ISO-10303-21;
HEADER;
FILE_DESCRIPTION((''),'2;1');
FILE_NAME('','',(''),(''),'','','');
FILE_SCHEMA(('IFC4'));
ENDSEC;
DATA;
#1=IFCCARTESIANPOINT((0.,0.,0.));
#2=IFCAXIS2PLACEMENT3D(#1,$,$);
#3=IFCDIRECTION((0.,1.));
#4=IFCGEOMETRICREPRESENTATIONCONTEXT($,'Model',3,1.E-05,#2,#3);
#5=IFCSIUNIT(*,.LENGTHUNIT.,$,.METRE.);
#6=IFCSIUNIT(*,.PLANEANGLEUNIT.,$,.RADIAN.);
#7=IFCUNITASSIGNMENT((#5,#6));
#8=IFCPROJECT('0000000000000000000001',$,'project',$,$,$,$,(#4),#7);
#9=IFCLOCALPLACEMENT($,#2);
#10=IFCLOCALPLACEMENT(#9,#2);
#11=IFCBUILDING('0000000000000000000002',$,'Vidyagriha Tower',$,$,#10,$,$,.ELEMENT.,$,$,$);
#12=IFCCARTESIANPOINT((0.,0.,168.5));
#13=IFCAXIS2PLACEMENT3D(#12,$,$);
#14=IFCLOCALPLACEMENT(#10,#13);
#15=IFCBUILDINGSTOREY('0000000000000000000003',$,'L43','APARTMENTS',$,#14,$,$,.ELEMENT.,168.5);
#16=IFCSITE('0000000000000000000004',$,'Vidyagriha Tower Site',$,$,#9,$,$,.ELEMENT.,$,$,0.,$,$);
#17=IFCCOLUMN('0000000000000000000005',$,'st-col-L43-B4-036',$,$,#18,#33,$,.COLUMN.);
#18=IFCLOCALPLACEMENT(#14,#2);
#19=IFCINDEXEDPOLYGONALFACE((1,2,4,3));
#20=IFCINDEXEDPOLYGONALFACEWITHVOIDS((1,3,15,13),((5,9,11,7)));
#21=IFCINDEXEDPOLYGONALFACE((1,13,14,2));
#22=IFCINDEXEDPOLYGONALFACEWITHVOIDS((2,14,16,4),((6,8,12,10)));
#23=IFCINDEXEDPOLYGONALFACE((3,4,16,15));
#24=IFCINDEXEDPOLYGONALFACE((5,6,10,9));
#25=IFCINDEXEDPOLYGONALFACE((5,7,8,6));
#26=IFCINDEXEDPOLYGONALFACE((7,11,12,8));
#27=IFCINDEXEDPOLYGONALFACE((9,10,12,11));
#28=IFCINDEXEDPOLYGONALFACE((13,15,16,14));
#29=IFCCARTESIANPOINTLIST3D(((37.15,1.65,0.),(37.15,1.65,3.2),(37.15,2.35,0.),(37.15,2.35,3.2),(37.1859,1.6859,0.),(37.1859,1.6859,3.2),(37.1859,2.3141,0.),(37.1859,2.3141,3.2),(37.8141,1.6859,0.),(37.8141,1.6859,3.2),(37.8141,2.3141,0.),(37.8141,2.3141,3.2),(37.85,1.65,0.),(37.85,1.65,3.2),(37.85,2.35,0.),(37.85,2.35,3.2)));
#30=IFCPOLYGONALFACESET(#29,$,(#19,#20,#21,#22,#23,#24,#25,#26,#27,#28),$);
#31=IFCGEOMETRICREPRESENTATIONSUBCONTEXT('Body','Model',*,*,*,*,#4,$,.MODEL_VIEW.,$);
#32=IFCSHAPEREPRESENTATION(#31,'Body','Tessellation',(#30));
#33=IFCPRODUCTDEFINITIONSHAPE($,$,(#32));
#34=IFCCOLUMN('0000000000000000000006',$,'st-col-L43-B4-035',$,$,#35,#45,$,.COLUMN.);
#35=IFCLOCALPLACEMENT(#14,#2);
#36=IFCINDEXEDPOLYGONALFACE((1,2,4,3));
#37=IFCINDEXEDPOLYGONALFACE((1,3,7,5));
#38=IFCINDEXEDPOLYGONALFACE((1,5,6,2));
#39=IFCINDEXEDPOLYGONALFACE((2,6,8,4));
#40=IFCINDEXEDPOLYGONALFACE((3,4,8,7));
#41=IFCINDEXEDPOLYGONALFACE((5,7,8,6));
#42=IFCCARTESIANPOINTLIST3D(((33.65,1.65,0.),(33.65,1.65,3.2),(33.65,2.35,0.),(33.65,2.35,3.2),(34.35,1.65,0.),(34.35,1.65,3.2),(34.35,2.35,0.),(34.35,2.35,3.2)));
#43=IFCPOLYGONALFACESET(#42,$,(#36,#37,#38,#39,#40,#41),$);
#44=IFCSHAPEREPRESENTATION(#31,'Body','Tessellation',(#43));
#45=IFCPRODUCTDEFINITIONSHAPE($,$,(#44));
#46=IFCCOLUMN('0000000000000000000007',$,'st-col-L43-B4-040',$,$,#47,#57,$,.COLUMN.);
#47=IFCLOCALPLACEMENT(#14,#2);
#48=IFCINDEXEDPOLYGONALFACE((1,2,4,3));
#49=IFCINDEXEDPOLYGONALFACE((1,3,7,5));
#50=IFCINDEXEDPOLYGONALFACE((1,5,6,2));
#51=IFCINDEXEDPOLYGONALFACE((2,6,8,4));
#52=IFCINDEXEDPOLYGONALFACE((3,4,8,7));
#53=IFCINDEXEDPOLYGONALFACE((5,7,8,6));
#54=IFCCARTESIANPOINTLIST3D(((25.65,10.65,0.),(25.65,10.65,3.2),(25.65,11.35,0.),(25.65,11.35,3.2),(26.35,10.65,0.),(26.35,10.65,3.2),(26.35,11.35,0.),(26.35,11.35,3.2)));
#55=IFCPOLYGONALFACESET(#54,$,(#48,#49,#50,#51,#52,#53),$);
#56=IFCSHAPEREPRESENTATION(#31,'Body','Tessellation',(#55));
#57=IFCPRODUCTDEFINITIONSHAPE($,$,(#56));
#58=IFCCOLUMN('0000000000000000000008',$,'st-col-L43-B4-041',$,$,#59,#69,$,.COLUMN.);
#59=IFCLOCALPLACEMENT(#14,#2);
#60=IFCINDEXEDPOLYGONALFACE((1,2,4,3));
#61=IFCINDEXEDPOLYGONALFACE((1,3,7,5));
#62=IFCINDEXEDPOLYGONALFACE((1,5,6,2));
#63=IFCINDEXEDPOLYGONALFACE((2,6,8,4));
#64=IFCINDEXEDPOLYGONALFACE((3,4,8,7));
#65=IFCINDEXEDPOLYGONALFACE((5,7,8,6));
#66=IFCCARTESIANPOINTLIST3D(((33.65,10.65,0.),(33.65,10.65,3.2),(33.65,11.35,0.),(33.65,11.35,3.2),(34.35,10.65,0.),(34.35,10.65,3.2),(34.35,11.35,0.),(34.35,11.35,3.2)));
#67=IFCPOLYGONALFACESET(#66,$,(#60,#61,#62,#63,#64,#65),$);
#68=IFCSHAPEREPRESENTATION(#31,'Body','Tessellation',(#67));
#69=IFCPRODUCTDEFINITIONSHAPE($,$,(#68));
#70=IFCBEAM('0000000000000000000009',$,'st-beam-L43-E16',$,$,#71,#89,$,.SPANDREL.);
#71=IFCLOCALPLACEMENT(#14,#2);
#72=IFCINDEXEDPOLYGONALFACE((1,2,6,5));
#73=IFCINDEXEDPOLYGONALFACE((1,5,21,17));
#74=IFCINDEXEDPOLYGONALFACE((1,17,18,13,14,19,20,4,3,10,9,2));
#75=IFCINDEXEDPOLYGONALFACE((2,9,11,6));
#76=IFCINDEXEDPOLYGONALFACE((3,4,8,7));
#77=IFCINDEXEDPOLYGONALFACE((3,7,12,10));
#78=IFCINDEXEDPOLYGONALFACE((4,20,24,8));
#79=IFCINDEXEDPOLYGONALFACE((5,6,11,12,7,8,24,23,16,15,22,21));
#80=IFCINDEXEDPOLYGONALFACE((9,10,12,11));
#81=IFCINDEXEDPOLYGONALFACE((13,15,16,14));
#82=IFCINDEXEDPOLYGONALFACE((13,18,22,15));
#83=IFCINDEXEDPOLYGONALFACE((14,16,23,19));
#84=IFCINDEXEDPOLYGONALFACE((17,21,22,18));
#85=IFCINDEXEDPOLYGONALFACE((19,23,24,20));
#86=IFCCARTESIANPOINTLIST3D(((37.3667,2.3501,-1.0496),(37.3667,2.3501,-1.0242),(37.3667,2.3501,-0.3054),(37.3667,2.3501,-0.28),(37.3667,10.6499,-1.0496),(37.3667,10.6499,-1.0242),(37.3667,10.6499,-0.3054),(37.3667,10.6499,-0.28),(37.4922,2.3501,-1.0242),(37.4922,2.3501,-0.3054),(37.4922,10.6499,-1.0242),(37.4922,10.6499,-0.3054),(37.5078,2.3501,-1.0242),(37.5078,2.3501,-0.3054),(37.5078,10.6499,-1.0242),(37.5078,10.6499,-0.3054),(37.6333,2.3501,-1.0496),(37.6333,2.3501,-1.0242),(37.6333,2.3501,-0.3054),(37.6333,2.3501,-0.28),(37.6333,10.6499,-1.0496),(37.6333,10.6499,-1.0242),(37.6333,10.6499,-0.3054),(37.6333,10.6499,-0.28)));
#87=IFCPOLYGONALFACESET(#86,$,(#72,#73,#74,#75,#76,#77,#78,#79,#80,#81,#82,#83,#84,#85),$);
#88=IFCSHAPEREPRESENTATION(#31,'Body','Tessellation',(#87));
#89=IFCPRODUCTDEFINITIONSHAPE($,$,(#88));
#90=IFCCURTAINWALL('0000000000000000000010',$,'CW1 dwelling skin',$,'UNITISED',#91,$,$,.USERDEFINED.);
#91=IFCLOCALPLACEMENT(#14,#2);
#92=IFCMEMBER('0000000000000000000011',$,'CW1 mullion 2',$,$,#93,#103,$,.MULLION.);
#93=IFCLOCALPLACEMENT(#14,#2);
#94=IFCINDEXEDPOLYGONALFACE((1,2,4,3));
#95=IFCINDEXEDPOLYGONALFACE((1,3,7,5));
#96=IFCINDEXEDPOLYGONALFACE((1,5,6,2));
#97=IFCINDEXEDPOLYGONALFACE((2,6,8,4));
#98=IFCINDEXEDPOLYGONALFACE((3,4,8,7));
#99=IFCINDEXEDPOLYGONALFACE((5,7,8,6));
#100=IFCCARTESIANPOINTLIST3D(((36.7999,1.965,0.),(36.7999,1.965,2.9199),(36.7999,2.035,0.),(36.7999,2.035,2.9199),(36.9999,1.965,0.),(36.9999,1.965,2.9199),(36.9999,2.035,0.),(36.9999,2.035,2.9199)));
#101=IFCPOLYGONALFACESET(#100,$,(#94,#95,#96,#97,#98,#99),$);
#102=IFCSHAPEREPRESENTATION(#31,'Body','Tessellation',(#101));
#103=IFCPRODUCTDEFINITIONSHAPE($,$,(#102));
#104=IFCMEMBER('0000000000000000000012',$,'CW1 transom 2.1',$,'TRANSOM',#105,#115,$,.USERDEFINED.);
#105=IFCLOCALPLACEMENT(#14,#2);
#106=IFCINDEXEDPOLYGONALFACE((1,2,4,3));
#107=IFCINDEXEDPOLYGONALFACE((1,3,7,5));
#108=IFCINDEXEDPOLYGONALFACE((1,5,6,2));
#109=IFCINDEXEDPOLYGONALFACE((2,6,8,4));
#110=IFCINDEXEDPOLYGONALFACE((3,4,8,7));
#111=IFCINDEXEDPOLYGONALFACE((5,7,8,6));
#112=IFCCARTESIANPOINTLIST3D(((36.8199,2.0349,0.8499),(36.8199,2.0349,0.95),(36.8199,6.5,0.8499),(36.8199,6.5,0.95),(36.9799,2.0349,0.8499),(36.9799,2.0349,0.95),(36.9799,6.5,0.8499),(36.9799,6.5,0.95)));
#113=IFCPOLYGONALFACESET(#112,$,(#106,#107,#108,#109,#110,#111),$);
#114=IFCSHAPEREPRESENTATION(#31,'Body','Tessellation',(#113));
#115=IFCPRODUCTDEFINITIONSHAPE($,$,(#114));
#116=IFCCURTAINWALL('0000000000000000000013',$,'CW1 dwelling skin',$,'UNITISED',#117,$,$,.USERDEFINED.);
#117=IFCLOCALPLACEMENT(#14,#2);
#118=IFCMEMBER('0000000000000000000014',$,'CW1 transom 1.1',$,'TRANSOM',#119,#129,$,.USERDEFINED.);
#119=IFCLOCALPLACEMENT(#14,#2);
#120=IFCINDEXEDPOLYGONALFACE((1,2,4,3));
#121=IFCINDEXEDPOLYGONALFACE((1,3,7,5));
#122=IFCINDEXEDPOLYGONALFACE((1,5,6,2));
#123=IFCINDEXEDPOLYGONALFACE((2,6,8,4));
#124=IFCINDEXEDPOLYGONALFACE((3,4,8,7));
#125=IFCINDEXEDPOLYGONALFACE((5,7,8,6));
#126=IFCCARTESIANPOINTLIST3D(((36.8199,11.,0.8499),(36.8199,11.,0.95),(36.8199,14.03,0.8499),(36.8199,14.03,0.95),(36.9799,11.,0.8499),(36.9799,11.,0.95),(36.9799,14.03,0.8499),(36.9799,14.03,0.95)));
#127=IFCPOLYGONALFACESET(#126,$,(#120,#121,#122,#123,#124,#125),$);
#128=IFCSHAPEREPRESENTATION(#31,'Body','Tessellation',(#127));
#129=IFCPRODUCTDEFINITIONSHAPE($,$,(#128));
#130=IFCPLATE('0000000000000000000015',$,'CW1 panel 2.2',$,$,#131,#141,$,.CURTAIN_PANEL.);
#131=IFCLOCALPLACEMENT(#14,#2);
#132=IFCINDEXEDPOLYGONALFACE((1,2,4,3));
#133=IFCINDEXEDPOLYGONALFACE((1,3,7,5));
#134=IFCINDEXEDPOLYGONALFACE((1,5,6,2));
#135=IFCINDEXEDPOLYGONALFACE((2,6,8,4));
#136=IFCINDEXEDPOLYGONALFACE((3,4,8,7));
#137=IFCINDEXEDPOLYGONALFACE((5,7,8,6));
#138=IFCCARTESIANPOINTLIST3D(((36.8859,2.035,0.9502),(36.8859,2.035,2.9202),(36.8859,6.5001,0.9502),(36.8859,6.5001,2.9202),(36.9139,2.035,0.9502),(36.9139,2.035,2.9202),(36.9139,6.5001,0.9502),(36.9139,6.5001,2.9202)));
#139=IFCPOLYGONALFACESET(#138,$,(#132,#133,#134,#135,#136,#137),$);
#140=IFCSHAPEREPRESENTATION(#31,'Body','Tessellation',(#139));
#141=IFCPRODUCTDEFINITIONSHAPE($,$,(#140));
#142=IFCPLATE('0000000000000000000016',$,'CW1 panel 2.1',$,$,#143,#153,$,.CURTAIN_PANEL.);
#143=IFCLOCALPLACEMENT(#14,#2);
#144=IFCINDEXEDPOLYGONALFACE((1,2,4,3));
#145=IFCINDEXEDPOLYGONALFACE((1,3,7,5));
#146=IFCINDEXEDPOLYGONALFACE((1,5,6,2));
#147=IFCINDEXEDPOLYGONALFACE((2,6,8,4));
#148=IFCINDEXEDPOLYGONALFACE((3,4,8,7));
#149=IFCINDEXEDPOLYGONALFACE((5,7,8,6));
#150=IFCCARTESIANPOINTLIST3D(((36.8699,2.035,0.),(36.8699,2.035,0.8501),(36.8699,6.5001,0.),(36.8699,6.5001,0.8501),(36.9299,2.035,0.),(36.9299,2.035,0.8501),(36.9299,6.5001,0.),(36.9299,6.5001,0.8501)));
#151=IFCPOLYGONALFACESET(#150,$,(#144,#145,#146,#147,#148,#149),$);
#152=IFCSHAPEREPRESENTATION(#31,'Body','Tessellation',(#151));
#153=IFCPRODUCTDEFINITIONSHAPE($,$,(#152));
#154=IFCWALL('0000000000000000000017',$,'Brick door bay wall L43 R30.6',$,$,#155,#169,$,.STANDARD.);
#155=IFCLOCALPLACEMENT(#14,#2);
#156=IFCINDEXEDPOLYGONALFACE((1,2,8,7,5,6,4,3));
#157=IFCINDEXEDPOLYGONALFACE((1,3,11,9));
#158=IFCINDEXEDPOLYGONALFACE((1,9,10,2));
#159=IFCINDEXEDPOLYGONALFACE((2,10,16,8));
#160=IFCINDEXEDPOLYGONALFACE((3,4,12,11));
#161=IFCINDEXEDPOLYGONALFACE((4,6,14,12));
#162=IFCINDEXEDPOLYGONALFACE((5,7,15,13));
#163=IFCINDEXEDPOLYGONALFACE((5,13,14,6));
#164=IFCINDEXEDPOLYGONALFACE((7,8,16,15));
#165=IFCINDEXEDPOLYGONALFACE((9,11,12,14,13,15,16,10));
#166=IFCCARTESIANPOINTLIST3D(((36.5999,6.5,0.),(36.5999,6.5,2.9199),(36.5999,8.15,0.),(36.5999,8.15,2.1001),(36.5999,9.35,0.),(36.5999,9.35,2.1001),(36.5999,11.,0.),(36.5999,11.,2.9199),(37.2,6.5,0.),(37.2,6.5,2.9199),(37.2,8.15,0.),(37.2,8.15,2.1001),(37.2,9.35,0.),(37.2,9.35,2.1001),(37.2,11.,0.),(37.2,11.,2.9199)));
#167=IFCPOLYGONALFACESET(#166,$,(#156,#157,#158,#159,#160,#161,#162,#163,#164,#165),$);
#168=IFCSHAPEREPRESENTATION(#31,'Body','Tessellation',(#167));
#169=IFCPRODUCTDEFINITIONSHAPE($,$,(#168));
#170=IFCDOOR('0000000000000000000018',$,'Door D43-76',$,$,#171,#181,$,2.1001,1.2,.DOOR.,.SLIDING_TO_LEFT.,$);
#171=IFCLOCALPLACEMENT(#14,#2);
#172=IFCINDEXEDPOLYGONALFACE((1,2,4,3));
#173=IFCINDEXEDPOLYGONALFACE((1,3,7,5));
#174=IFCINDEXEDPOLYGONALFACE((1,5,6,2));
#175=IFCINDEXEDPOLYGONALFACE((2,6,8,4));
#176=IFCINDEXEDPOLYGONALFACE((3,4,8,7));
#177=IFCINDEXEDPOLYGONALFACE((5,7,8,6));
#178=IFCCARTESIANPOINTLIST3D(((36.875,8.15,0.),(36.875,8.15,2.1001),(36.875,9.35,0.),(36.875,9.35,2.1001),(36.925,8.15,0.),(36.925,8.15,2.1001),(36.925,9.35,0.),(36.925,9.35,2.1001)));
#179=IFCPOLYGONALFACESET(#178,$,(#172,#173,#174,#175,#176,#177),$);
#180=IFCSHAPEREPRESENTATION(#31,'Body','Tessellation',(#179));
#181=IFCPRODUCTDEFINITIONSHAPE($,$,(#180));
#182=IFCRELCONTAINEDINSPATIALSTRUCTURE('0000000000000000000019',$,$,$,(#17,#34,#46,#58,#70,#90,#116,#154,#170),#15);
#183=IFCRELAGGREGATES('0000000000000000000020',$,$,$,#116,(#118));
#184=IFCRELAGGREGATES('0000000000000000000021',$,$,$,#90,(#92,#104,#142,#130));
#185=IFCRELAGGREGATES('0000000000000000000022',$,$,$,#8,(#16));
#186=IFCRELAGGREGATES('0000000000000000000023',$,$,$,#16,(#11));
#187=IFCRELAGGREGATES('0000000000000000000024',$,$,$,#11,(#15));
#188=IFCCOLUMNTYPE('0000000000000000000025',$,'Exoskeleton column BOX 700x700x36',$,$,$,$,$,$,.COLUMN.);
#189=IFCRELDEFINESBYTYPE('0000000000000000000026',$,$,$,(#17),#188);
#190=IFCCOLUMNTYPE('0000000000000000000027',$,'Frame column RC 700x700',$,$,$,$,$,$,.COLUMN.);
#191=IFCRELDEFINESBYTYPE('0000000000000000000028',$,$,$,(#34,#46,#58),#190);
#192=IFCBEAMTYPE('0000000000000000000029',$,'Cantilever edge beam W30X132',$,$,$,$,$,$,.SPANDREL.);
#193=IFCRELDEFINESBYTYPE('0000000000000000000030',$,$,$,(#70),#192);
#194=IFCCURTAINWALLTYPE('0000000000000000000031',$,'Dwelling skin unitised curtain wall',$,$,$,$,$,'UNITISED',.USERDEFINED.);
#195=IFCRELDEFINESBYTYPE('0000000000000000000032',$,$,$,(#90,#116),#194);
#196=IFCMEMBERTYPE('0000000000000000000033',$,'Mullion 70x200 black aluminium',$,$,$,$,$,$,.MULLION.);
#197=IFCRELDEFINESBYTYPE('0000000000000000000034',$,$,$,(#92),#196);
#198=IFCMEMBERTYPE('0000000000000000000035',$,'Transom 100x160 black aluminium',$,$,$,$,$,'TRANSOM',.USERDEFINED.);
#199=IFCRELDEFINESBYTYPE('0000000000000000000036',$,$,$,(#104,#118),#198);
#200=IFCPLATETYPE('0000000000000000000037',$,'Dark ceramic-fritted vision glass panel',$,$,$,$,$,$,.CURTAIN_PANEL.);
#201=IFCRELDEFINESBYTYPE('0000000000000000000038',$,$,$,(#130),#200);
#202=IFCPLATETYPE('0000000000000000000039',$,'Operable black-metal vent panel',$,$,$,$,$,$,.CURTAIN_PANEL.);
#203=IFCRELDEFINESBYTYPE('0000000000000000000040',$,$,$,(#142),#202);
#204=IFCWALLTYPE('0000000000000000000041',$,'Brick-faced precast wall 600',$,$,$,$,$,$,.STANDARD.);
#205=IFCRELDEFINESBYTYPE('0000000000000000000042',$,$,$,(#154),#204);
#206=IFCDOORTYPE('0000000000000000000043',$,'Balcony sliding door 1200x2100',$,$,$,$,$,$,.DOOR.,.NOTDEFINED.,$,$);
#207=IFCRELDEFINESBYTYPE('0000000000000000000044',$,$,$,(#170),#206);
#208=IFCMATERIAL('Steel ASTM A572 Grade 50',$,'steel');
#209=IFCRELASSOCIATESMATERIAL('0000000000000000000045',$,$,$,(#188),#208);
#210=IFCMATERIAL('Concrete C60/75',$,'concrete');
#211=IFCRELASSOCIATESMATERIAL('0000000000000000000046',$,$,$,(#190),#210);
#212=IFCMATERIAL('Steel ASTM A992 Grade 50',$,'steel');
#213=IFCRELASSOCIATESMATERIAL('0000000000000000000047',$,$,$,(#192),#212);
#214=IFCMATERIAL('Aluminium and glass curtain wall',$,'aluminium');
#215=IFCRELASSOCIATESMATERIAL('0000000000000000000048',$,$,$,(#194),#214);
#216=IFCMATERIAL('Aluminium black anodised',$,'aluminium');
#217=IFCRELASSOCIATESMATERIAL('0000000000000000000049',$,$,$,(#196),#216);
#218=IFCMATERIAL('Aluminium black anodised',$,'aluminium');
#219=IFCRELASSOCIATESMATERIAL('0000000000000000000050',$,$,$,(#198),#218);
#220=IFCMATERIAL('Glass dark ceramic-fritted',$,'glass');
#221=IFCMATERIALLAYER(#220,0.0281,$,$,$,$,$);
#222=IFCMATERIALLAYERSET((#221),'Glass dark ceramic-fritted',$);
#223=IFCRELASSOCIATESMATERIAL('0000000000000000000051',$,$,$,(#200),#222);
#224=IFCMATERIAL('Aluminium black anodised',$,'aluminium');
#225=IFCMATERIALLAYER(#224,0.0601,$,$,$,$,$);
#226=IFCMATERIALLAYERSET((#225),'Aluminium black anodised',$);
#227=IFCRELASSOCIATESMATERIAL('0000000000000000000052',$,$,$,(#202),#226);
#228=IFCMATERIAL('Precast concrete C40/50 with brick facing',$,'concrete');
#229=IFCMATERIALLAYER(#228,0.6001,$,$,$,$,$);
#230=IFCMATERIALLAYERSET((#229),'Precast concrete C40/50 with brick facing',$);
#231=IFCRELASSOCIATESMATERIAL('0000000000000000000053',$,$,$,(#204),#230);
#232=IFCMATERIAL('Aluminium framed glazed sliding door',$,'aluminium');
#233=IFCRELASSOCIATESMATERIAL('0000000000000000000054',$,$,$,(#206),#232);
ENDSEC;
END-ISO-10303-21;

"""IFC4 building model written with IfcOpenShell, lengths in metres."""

from ifc_helpers import new_model, si_unit, direction, frame, frame_2d, origin, origin_2d, place, context, subcontext, project, spatial, rectangle, hollow_rectangle, i_section, extrude, material, layer, layer_set, material_profile, profile_set, type_object, element, fill, aggregate, save


model = new_model("IFC4")

# Units and contexts
model_context = context("Model", 3, precision=1e-05, world=origin(), true_north=direction((0.0, 1.0)))
body_context = subcontext(model_context, "Body", "Model", "MODEL_VIEW")
ifc_project = project(units=[si_unit("LENGTHUNIT", "METRE"), si_unit("PLANEANGLEUNIT", "RADIAN")], contexts=[model_context])

# Site, building, storey
site_placement = place(None, origin())
site = spatial("IfcSite", under=ifc_project, at=site_placement, Name="Vidyagriha Tower Site", CompositionType="ELEMENT", RefElevation=0.0)
building_placement = place(site_placement, origin())
building = spatial("IfcBuilding", under=site, at=building_placement, Name="Vidyagriha Tower", CompositionType="ELEMENT")
storey_placement = place(building_placement, frame((0.0, 0.0, 168.5)))
storey = spatial("IfcBuildingStorey", under=building, at=storey_placement, Name="L43", Description="APARTMENTS", CompositionType="ELEMENT", Elevation=168.5)

# Columns
ifc_material_1 = material(Name="Steel ASTM A572 Grade 50", Category="steel")
ifc_material_profile_1 = material_profile(ifc_material_1, hollow_rectangle(XDim=0.7, YDim=0.7, WallThickness=0.0359, at=origin_2d()), Name="BOX 700x700x36")
ifc_profile_set_1 = profile_set([ifc_material_profile_1], Name="Steel ASTM A572 Grade 50")
column_type_1 = type_object("IfcColumnType", Name="Exoskeleton column BOX 700x700x36", PredefinedType="COLUMN", material=ifc_profile_set_1)
column_placement = place(storey_placement, frame((37.5, 2.0, 0.0)))
element("IfcColumn", 1, at=column_placement, inside=storey, type_object=column_type_1, Name="st-col-L43-B4-036", PredefinedType="COLUMN", context=body_context, shape_type="SweptSolid", body=[
    extrude(hollow_rectangle(XDim=0.7, YDim=0.7, WallThickness=0.0359, at=origin_2d()), origin(), (0.0, 0.0, 1.0), 3.2),
])
ifc_material_2 = material(Name="Concrete C60/75", Category="concrete")
ifc_material_profile_2 = material_profile(ifc_material_2, rectangle(XDim=0.7, YDim=0.7, at=origin_2d()), Name="RC 700x700")
ifc_profile_set_2 = profile_set([ifc_material_profile_2], Name="Concrete C60/75")
column_type_2 = type_object("IfcColumnType", Name="Frame column RC 700x700", PredefinedType="COLUMN", material=ifc_profile_set_2)
for number, where, name in (
    (2, (34.0, 2.0, 0.0), "st-col-L43-B4-035"),
    (3, (26.0, 11.0, 0.0), "st-col-L43-B4-040"),
    (4, (34.0, 11.0, 0.0), "st-col-L43-B4-041"),
):
    element("IfcColumn", number, at=place(storey_placement, frame(where)), inside=storey, type_object=column_type_2, Name=name, PredefinedType="COLUMN", context=body_context, shape_type="SweptSolid", body=[
        extrude(rectangle(XDim=0.7, YDim=0.7, at=origin_2d()), origin(), (0.0, 0.0, 1.0), 3.2),
    ])

# Beam
ifc_material_3 = material(Name="Steel ASTM A992 Grade 50", Category="steel")
ifc_material_profile_3 = material_profile(ifc_material_3, i_section(OverallWidth=0.2666, OverallDepth=0.7695, WebThickness=0.0156, FlangeThickness=0.0254, at=origin_2d()), Name="W30X132")
ifc_profile_set_3 = profile_set([ifc_material_profile_3], Name="Steel ASTM A992 Grade 50")
beam_type = type_object("IfcBeamType", Name="Cantilever edge beam W30X132", PredefinedType="SPANDREL", material=ifc_profile_set_3)
beam_placement = place(storey_placement, frame((37.5, 2.3501, -0.6648), z_axis=(0.0, 1.0, 0.0), x_axis=(-1.0, 0.0, 0.0)))
element("IfcBeam", 5, at=beam_placement, inside=storey, type_object=beam_type, Name="st-beam-L43-E16", PredefinedType="SPANDREL", context=body_context, shape_type="SweptSolid", body=[
    extrude(i_section(OverallWidth=0.2666, OverallDepth=0.7695, WebThickness=0.0156, FlangeThickness=0.0254, at=origin_2d()), origin(), (0.0, 0.0, 1.0), 8.2998),
])

# Curtain wall, members
ifc_material_4 = material(Name="Aluminium and glass curtain wall", Category="aluminium")
curtain_wall_type = type_object("IfcCurtainWallType", Name="Dwelling skin unitised curtain wall", ElementType="UNITISED", PredefinedType="USERDEFINED", material=ifc_material_4)
curtain_wall_1_placement = place(storey_placement, origin())
curtain_wall_1 = element("IfcCurtainWall", 6, at=curtain_wall_1_placement, inside=storey, type_object=curtain_wall_type, Name="CW1 dwelling skin", ObjectType="UNITISED", PredefinedType="USERDEFINED")
ifc_material_5 = material(Name="Aluminium black anodised", Category="aluminium")
ifc_material_profile_4 = material_profile(ifc_material_5, rectangle(XDim=0.2, YDim=0.0701, at=origin_2d()), Name="Mullion 70x200 black aluminium")
ifc_profile_set_4 = profile_set([ifc_material_profile_4], Name="Aluminium black anodised")
member_type_1 = type_object("IfcMemberType", Name="Mullion 70x200 black aluminium", PredefinedType="MULLION", material=ifc_profile_set_4)
member_1_placement = place(storey_placement, frame((36.8999, 2.0, 0.0), z_axis=(0.0, 0.0, 1.0), x_axis=(-1.0, 0.0, 0.0)))
member_1 = element("IfcMember", 7, at=member_1_placement, type_object=member_type_1, Name="CW1 mullion 2", PredefinedType="MULLION", context=body_context, shape_type="SweptSolid", body=[
    extrude(rectangle(XDim=0.2, YDim=0.0701, at=origin_2d()), origin(), (0.0, 0.0, 1.0), 2.9199),
])
ifc_material_6 = material(Name="Aluminium black anodised", Category="aluminium")
ifc_material_profile_5 = material_profile(ifc_material_6, rectangle(XDim=0.1599, YDim=0.1001, at=origin_2d()), Name="Transom 100x160 black aluminium")
ifc_profile_set_5 = profile_set([ifc_material_profile_5], Name="Aluminium black anodised")
member_type_2 = type_object("IfcMemberType", Name="Transom 100x160 black aluminium", ElementType="TRANSOM", PredefinedType="USERDEFINED", material=ifc_profile_set_5)
member_2_placement = place(storey_placement, frame((36.8999, 2.0349, 0.8999), z_axis=(0.0, 1.0, 0.0), x_axis=(-1.0, 0.0, 0.0)))
member_2 = element("IfcMember", 8, at=member_2_placement, type_object=member_type_2, Name="CW1 transom 2.1", ObjectType="TRANSOM", PredefinedType="USERDEFINED", context=body_context, shape_type="SweptSolid", body=[
    extrude(rectangle(XDim=0.1599, YDim=0.1001, at=origin_2d()), origin(), (0.0, 0.0, 1.0), 4.4651),
])

# Curtain wall, member
curtain_wall_2_placement = place(storey_placement, origin())
curtain_wall_2 = element("IfcCurtainWall", 9, at=curtain_wall_2_placement, inside=storey, type_object=curtain_wall_type, Name="CW1 dwelling skin", ObjectType="UNITISED", PredefinedType="USERDEFINED")
member_3_placement = place(storey_placement, frame((36.8999, 11.0, 0.8999), z_axis=(0.0, 1.0, 0.0), x_axis=(-1.0, 0.0, 0.0)))
member_3 = element("IfcMember", 10, at=member_3_placement, type_object=member_type_2, Name="CW1 transom 1.1", ObjectType="TRANSOM", PredefinedType="USERDEFINED", context=body_context, shape_type="SweptSolid", body=[
    extrude(rectangle(XDim=0.1599, YDim=0.1001, at=origin_2d()), origin(), (0.0, 0.0, 1.0), 3.03),
])
aggregate(curtain_wall_2, [member_3])

# Plates
ifc_material_7 = material(Name="Glass dark ceramic-fritted", Category="glass")
ifc_layer_1 = layer(ifc_material_7, 0.0281)
ifc_layer_set_1 = layer_set([ifc_layer_1], Name="Glass dark ceramic-fritted")
plate_type_1 = type_object("IfcPlateType", Name="Dark ceramic-fritted vision glass panel", PredefinedType="CURTAIN_PANEL", material=ifc_layer_set_1)
plate_1_placement = place(storey_placement, frame((36.8999, 4.2676, 0.9502), z_axis=(0.0, 0.0, 1.0), x_axis=(0.0, 1.0, 0.0)))
plate_1 = element("IfcPlate", 11, at=plate_1_placement, type_object=plate_type_1, Name="CW1 panel 2.2", PredefinedType="CURTAIN_PANEL", context=body_context, shape_type="SweptSolid", body=[
    extrude(rectangle(XDim=4.4651, YDim=0.0281, at=origin_2d()), origin(), (0.0, 0.0, 1.0), 1.97),
])
ifc_material_8 = material(Name="Aluminium black anodised", Category="aluminium")
ifc_layer_2 = layer(ifc_material_8, 0.0601)
ifc_layer_set_2 = layer_set([ifc_layer_2], Name="Aluminium black anodised")
plate_type_2 = type_object("IfcPlateType", Name="Operable black-metal vent panel", PredefinedType="CURTAIN_PANEL", material=ifc_layer_set_2)
plate_2_placement = place(storey_placement, frame((36.8999, 4.2676, 0.0), z_axis=(0.0, 0.0, 1.0), x_axis=(0.0, 1.0, 0.0)))
plate_2 = element("IfcPlate", 12, at=plate_2_placement, type_object=plate_type_2, Name="CW1 panel 2.1", PredefinedType="CURTAIN_PANEL", context=body_context, shape_type="SweptSolid", body=[
    extrude(rectangle(XDim=4.4651, YDim=0.0601, at=origin_2d()), origin(), (0.0, 0.0, 1.0), 0.8501),
])
aggregate(curtain_wall_1, [member_1, member_2, plate_2, plate_1])

# Wall, opening, door
ifc_material_9 = material(Name="Precast concrete C40/50 with brick facing", Category="concrete")
ifc_layer_3 = layer(ifc_material_9, 0.6001)
ifc_layer_set_3 = layer_set([ifc_layer_3], Name="Precast concrete C40/50 with brick facing")
wall_type_1 = type_object("IfcWallType", Name="Brick-faced precast wall 600", PredefinedType="STANDARD", material=ifc_layer_set_3)
wall_1_placement = place(storey_placement, frame((36.8999, 6.5, 0.0), z_axis=(0.0, 0.0, 1.0), x_axis=(0.0, 1.0, 0.0)))
wall_1 = element("IfcWall", 13, at=wall_1_placement, inside=storey, type_object=wall_type_1, Name="Brick door bay wall L43 R30.6", PredefinedType="STANDARD", context=body_context, shape_type="SweptSolid", body=[
    extrude(rectangle(XDim=4.5, YDim=0.6001, at=frame_2d((2.25, 0.0))), origin(), (0.0, 0.0, 1.0), 2.9199),
])
opening_1_placement = place(wall_1_placement, frame((1.6499, 0.0, 0.0)))
opening_1 = element("IfcOpeningElement", 14, at=opening_1_placement, cuts=wall_1, PredefinedType="OPENING", context=body_context, shape_type="SweptSolid", body=[
    extrude(rectangle(XDim=1.2, YDim=2.1001, at=frame_2d((0.6001, 1.05))), frame((0.0, 0.3101, 0.0), z_axis=(0.0, -1.0, 0.0), x_axis=(1.0, 0.0, 0.0)), (0.0, 0.0, 1.0), 0.6201),
])
ifc_material_10 = material(Name="Aluminium framed glazed sliding door", Category="aluminium")
door_type_1 = type_object("IfcDoorType", Name="Balcony sliding door 1200x2100", OperationType="NOTDEFINED", PredefinedType="DOOR", material=ifc_material_10)
door_1_placement = place(opening_1_placement, origin())
door_1 = element("IfcDoor", 15, at=door_1_placement, inside=storey, type_object=door_type_1, Name="Door D43-76", OperationType="SLIDING_TO_LEFT", OverallHeight=2.1001, OverallWidth=1.2, PredefinedType="DOOR", context=body_context, shape_type="SweptSolid", body=[
    extrude(rectangle(XDim=1.2, YDim=2.1001, at=frame_2d((0.6001, 1.05))), frame((0.0, 0.0249, 0.0), z_axis=(0.0, -1.0, 0.0), x_axis=(1.0, 0.0, 0.0)), (0.0, 0.0, 1.0), 0.05),
])
fill(opening_1, door_1)

save(model, "model.ifc")
